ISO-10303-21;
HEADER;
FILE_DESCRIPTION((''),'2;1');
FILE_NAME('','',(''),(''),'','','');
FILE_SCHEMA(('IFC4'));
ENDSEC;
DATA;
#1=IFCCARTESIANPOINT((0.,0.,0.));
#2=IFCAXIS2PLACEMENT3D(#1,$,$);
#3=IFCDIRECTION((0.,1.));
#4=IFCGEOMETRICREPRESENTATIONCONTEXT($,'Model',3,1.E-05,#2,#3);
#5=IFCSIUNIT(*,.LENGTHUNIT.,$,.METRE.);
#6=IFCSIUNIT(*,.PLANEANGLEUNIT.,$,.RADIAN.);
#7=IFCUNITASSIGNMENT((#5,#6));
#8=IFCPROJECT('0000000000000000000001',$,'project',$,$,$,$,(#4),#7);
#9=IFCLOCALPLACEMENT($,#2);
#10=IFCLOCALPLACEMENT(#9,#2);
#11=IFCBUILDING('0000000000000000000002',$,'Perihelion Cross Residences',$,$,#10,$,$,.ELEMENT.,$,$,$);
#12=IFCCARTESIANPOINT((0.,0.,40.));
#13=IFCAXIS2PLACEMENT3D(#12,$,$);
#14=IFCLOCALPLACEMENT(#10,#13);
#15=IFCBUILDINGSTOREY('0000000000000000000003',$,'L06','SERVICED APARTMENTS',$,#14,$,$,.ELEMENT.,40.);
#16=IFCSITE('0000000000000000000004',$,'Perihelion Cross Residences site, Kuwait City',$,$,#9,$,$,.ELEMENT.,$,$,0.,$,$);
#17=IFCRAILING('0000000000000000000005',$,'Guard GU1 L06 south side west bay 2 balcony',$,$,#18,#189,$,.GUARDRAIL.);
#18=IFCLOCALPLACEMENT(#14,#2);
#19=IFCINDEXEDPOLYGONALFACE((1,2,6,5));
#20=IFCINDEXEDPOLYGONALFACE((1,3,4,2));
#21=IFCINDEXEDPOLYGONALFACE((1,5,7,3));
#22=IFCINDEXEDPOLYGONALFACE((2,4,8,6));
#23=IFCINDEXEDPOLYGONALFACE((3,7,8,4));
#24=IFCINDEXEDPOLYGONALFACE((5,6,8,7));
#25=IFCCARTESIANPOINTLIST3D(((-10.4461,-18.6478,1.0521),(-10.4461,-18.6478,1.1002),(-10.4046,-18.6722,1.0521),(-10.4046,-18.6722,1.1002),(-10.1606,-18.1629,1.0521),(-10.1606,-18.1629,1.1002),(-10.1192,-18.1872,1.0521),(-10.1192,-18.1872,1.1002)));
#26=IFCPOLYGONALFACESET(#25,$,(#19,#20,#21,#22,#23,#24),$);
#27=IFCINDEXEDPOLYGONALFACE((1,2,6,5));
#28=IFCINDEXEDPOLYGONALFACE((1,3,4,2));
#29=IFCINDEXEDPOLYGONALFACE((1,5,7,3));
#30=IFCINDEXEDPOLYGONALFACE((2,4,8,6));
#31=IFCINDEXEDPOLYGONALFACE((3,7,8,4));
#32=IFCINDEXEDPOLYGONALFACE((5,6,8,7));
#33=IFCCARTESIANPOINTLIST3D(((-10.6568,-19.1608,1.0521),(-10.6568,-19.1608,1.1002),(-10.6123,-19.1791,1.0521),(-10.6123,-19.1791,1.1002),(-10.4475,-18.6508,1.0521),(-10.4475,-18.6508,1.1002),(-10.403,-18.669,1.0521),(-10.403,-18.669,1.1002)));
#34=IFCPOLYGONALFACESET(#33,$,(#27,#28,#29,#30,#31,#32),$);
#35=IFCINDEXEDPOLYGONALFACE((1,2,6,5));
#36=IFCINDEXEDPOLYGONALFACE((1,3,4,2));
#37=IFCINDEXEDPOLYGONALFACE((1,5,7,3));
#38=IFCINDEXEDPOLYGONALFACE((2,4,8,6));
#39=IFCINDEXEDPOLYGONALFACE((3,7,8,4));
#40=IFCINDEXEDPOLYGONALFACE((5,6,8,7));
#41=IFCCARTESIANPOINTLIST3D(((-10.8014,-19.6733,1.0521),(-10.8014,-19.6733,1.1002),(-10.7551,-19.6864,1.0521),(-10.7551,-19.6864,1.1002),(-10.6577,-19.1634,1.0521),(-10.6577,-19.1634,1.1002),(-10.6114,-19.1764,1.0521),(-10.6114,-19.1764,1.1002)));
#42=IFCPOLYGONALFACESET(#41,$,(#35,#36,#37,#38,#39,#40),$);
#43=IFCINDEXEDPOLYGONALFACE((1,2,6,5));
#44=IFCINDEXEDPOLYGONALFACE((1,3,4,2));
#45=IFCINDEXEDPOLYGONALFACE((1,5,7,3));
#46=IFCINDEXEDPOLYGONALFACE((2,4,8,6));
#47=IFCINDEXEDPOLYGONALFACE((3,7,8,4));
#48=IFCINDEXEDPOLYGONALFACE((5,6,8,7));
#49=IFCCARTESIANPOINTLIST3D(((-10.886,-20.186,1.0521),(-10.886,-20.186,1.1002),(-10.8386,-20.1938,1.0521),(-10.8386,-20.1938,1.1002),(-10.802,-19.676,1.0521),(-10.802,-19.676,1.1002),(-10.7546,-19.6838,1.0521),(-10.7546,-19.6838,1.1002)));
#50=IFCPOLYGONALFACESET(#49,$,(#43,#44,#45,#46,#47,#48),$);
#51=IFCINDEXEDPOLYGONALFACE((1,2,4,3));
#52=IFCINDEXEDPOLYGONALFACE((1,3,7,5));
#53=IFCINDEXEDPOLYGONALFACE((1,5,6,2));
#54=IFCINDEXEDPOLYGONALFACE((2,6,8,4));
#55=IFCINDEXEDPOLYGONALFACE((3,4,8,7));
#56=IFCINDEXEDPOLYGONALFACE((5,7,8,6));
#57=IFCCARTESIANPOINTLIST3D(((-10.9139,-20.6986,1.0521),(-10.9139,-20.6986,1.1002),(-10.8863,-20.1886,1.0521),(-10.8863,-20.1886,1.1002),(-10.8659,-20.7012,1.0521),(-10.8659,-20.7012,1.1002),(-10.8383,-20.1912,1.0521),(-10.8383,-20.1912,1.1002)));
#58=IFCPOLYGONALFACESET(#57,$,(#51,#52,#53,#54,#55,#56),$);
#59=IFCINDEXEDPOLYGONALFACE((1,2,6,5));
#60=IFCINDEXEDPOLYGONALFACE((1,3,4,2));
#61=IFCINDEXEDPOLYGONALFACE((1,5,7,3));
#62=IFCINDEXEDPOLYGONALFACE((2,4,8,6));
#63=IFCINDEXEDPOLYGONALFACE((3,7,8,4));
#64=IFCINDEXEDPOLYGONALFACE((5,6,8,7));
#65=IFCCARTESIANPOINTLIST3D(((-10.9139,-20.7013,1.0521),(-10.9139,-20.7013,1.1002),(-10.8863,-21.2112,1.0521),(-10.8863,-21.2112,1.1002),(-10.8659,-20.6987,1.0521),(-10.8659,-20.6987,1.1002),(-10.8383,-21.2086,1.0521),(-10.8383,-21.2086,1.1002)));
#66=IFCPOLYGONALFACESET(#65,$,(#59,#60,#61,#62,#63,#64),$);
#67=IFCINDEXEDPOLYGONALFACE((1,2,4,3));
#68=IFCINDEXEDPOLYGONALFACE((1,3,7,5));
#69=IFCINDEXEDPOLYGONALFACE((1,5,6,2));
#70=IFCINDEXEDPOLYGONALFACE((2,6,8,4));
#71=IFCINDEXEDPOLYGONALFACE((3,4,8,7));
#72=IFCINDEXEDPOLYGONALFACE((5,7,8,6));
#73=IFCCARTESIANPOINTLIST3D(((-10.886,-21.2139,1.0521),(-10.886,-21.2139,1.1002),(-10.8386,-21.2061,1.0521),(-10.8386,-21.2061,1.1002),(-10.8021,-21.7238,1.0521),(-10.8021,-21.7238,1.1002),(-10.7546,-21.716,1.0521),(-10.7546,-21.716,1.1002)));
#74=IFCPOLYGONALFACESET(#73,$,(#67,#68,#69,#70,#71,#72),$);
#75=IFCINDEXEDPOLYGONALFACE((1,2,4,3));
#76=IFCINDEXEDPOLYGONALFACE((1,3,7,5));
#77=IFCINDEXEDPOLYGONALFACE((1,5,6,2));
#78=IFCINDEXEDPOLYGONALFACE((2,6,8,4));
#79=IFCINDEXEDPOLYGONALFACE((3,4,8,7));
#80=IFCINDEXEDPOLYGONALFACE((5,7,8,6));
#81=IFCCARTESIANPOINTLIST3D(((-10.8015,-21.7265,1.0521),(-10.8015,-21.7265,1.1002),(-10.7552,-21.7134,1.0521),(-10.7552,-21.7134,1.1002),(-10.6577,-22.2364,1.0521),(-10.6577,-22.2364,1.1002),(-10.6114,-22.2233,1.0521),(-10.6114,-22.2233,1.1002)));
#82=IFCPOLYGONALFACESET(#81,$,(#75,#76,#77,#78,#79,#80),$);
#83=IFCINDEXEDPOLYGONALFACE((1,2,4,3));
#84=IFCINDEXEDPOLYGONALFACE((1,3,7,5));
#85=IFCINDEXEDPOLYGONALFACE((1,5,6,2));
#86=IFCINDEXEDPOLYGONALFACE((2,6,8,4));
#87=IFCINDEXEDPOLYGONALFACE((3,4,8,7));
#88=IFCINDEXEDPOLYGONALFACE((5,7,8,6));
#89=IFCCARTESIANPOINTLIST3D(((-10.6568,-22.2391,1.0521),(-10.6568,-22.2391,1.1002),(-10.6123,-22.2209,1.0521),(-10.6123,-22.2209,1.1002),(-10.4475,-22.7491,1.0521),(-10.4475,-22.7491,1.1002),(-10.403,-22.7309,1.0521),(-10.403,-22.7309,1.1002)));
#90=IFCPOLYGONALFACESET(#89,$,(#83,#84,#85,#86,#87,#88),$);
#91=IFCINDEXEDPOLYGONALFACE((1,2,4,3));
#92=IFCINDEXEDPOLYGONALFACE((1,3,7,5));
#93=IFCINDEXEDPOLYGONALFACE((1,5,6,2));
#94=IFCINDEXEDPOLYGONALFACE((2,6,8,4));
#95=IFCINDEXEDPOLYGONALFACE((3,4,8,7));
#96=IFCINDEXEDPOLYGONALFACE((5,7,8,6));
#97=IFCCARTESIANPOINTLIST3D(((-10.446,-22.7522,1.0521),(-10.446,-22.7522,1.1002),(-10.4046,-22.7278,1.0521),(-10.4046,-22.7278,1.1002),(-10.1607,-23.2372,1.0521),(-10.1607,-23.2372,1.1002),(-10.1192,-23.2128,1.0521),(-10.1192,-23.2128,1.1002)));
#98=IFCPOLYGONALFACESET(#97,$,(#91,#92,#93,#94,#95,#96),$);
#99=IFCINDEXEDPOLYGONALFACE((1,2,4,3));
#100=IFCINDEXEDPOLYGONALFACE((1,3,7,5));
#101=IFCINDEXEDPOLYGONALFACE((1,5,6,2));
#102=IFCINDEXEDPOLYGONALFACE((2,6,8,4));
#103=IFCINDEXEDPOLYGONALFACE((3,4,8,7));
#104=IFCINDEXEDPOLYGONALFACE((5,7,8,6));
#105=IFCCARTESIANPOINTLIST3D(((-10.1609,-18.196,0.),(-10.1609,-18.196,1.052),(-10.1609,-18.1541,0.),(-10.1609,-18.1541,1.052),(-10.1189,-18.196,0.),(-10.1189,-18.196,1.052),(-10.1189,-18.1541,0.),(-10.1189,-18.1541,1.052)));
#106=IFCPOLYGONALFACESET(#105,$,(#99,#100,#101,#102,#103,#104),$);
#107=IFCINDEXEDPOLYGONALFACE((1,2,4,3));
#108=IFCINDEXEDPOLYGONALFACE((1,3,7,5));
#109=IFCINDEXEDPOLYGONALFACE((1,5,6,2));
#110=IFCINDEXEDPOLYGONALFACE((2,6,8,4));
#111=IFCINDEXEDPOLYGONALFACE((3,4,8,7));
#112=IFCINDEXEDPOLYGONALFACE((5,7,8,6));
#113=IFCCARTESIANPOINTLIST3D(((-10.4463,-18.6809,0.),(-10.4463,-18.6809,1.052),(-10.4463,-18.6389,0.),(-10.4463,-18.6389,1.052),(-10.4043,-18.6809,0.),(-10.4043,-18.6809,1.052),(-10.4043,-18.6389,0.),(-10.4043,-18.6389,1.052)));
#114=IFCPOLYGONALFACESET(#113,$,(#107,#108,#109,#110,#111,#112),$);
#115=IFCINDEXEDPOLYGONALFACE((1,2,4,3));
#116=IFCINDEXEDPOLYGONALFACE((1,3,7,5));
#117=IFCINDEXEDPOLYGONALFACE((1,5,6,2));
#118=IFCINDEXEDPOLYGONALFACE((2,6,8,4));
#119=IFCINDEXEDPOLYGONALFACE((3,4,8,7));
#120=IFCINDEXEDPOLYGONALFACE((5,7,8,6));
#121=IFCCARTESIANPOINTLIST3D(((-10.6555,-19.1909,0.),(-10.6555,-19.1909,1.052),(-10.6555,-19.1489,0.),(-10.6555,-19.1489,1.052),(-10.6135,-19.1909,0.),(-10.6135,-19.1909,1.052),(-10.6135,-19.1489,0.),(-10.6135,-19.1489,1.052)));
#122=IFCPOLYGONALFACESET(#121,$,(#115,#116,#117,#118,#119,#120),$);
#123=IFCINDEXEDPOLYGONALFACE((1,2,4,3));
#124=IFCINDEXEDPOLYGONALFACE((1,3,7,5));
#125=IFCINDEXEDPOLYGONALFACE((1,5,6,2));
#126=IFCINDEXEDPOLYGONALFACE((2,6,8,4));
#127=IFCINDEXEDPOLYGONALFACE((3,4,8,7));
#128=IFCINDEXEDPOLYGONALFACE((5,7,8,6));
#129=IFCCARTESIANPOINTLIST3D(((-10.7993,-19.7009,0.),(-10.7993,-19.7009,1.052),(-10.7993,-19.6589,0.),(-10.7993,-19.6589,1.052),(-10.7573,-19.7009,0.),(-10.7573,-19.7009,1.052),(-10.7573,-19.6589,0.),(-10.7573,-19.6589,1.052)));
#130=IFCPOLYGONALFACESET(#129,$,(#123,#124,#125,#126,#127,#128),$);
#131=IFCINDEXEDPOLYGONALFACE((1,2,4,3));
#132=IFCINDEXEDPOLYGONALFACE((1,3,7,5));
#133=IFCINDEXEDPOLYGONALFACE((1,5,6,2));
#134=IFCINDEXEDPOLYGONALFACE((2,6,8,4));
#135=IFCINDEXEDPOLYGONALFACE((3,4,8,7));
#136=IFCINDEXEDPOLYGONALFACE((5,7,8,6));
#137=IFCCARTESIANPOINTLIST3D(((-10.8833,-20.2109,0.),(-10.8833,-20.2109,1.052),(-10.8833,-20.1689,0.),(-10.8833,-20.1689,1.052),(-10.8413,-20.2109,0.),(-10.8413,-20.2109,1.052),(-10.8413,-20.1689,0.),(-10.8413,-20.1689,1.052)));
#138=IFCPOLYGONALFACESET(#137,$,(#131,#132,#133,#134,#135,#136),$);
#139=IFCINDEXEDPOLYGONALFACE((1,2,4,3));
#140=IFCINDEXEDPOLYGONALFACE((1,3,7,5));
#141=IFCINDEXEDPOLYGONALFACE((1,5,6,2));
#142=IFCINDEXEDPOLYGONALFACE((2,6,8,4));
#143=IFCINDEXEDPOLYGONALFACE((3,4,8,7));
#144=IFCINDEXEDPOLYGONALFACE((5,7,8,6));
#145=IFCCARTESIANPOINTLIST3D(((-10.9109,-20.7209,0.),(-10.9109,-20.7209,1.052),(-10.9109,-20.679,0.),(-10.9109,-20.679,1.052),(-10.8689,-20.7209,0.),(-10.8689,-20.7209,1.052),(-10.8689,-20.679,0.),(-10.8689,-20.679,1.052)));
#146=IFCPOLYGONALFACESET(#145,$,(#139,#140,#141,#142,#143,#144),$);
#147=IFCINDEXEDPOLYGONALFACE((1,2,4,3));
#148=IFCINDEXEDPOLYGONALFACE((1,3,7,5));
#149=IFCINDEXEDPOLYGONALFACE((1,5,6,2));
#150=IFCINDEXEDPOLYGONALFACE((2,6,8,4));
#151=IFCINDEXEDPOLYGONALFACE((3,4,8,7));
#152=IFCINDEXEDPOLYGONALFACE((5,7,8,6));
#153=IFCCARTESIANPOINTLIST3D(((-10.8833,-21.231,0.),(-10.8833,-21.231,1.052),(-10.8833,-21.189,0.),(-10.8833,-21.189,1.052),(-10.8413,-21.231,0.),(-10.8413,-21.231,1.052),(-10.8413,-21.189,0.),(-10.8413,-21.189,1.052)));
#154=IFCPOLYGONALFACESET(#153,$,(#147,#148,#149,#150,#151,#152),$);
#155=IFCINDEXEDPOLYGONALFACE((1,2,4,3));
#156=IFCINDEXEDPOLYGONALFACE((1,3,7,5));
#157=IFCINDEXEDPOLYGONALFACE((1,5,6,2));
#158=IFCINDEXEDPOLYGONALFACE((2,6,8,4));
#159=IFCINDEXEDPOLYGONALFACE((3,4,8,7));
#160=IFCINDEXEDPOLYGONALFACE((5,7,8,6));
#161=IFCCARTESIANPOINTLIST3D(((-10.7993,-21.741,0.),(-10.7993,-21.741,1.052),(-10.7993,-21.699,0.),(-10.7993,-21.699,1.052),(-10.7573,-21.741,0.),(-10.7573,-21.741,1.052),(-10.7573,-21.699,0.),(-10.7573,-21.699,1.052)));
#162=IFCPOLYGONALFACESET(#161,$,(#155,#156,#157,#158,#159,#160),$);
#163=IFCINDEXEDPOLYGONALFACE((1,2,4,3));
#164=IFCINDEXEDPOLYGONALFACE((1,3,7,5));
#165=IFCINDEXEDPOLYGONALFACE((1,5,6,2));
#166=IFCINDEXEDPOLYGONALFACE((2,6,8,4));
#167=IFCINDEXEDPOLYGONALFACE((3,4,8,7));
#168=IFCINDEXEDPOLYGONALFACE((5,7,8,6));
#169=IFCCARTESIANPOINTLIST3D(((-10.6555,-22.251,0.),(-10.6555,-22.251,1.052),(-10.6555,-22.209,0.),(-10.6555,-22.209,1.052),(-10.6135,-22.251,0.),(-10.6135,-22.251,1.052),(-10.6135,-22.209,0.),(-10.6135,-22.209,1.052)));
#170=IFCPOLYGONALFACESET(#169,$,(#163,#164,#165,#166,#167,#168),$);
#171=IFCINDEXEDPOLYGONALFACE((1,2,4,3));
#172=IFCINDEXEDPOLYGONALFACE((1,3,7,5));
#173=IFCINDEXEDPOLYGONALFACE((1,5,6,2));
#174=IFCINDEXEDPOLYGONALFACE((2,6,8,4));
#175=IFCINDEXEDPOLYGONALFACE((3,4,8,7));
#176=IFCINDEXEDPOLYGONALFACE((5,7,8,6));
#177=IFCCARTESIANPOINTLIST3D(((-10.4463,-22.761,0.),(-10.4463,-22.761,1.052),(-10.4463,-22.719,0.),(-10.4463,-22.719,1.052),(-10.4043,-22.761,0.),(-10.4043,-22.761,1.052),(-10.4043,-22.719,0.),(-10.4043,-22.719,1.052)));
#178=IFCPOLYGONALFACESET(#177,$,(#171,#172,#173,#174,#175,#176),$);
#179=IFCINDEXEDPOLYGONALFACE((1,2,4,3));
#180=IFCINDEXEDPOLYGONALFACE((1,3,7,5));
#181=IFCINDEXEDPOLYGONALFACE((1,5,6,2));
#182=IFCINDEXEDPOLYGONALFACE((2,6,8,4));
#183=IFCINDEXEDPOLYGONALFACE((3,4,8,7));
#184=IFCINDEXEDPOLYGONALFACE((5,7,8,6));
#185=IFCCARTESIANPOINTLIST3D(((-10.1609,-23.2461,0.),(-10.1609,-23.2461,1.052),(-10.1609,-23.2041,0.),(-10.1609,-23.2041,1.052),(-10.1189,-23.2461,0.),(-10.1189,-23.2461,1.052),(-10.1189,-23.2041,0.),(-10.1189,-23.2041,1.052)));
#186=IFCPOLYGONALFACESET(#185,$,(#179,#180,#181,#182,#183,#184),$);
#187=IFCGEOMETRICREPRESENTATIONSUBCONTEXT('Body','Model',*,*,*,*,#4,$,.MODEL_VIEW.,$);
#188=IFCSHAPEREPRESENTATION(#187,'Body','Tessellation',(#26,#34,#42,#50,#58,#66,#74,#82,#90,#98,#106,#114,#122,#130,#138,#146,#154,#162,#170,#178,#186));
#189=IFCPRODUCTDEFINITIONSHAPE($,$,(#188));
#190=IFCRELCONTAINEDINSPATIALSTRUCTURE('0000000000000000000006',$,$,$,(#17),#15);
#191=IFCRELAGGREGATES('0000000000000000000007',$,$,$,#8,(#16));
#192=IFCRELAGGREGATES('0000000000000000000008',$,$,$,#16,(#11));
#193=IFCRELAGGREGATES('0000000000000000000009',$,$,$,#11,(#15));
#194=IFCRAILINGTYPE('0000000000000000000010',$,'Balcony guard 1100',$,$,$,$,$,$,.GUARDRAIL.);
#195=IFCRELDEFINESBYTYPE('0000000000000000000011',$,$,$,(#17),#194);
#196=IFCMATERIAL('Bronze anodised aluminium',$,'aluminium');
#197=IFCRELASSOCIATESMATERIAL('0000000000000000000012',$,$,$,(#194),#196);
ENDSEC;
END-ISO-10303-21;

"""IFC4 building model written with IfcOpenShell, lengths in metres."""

from ifc_helpers import new_model, si_unit, direction, frame, origin, origin_2d, place, context, subcontext, project, spatial, rectangle, extrude, material, type_object, element, save


model = new_model("IFC4")

# Units and contexts
model_context = context("Model", 3, precision=1e-05, world=origin(), true_north=direction((0.0, 1.0)))
body_context = subcontext(model_context, "Body", "Model", "MODEL_VIEW")
ifc_project = project(units=[si_unit("LENGTHUNIT", "METRE"), si_unit("PLANEANGLEUNIT", "RADIAN")], contexts=[model_context])

# Site, building, storey
site_placement = place(None, origin())
site = spatial("IfcSite", under=ifc_project, at=site_placement, Name="Perihelion Cross Residences site, Kuwait City", CompositionType="ELEMENT", RefElevation=0.0)
building_placement = place(site_placement, origin())
building = spatial("IfcBuilding", under=site, at=building_placement, Name="Perihelion Cross Residences", CompositionType="ELEMENT")
storey_placement = place(building_placement, frame((0.0, 0.0, 40.0)))
storey = spatial("IfcBuildingStorey", under=building, at=storey_placement, Name="L06", Description="SERVICED APARTMENTS", CompositionType="ELEMENT", Elevation=40.0)

# Railing
ifc_material_1 = material(Name="Bronze anodised aluminium", Category="aluminium")
railing_type = type_object("IfcRailingType", Name="Balcony guard 1100", PredefinedType="GUARDRAIL", material=ifc_material_1)
railing_1_placement = place(storey_placement, frame((-10.1399, -18.175, 0.0)))
element("IfcRailing", 1, at=railing_1_placement, inside=storey, type_object=railing_type, Name="Guard GU1 L06 south side west bay 2 balcony", PredefinedType="GUARDRAIL", context=body_context, shape_type="SweptSolid", body=[
    extrude(rectangle(XDim=0.0481, YDim=0.0481, at=origin_2d()), frame((0.0, 0.0, 1.0762), z_axis=(-0.507267, -0.861789, 0.0), x_axis=(0.861789, -0.507267, 0.0)), (0.0, 0.0, 1.0), 0.5627),
    extrude(rectangle(XDim=0.0481, YDim=0.0481, at=origin_2d()), frame((-0.2854, -0.4849, 1.0762), z_axis=(-0.379547, -0.925173, 0.0), x_axis=(0.925173, -0.379547, 0.0)), (0.0, 0.0, 1.0), 0.5513),
    extrude(rectangle(XDim=0.0481, YDim=0.0481, at=origin_2d()), frame((-0.4946, -0.9949, 1.0762), z_axis=(-0.271373, -0.962474, 0.0), x_axis=(0.962474, -0.271373, 0.0)), (0.0, 0.0, 1.0), 0.5298),
    extrude(rectangle(XDim=0.0481, YDim=0.0481, at=origin_2d()), frame((-0.6384, -1.5049, 1.0762), z_axis=(-0.162484, -0.986711, 0.0), x_axis=(0.986711, -0.162484, 0.0)), (0.0, 0.0, 1.0), 0.5168),
    extrude(rectangle(XDim=0.0481, YDim=0.0481, at=origin_2d()), frame((-0.7224, -2.0149, 1.0762), z_axis=(-0.054014, -0.99854, 0.0), x_axis=(0.99854, -0.054014, 0.0)), (0.0, 0.0, 1.0), 0.5107),
    extrude(rectangle(XDim=0.0481, YDim=0.0481, at=origin_2d()), frame((-0.75, -2.5249, 1.0762), z_axis=(0.054014, -0.99854, 0.0), x_axis=(0.99854, 0.054014, 0.0)), (0.0, 0.0, 1.0), 0.5107),
    extrude(rectangle(XDim=0.0481, YDim=0.0481, at=origin_2d()), frame((-0.7224, -3.0349, 1.0762), z_axis=(0.162484, -0.986711, 0.0), x_axis=(0.986711, 0.162484, 0.0)), (0.0, 0.0, 1.0), 0.5168),
    extrude(rectangle(XDim=0.0481, YDim=0.0481, at=origin_2d()), frame((-0.6384, -3.5449, 1.0762), z_axis=(0.271373, -0.962474, 0.0), x_axis=(0.962474, 0.271373, 0.0)), (0.0, 0.0, 1.0), 0.5298),
    extrude(rectangle(XDim=0.0481, YDim=0.0481, at=origin_2d()), frame((-0.4946, -4.0549, 1.0762), z_axis=(0.379547, -0.925173, 0.0), x_axis=(0.925173, 0.379547, 0.0)), (0.0, 0.0, 1.0), 0.5513),
    extrude(rectangle(XDim=0.0481, YDim=0.0481, at=origin_2d()), frame((-0.2854, -4.5649, 1.0762), z_axis=(0.507077, -0.861901, 0.0), x_axis=(0.861901, 0.507077, 0.0)), (0.0, 0.0, 1.0), 0.5627),
    extrude(rectangle(XDim=0.042, YDim=0.042, at=origin_2d()), origin(), (0.0, 0.0, 1.0), 1.052),
    extrude(rectangle(XDim=0.042, YDim=0.042, at=origin_2d()), frame((-0.2854, -0.4849, 0.0)), (0.0, 0.0, 1.0), 1.052),
    extrude(rectangle(XDim=0.042, YDim=0.042, at=origin_2d()), frame((-0.4946, -0.9949, 0.0)), (0.0, 0.0, 1.0), 1.052),
    extrude(rectangle(XDim=0.042, YDim=0.042, at=origin_2d()), frame((-0.6384, -1.5049, 0.0)), (0.0, 0.0, 1.0), 1.052),
    extrude(rectangle(XDim=0.042, YDim=0.042, at=origin_2d()), frame((-0.7224, -2.0149, 0.0)), (0.0, 0.0, 1.0), 1.052),
    extrude(rectangle(XDim=0.042, YDim=0.042, at=origin_2d()), frame((-0.75, -2.5249, 0.0)), (0.0, 0.0, 1.0), 1.052),
    extrude(rectangle(XDim=0.042, YDim=0.042, at=origin_2d()), frame((-0.7224, -3.0349, 0.0)), (0.0, 0.0, 1.0), 1.052),
    extrude(rectangle(XDim=0.042, YDim=0.042, at=origin_2d()), frame((-0.6384, -3.5449, 0.0)), (0.0, 0.0, 1.0), 1.052),
    extrude(rectangle(XDim=0.042, YDim=0.042, at=origin_2d()), frame((-0.4946, -4.0549, 0.0)), (0.0, 0.0, 1.0), 1.052),
    extrude(rectangle(XDim=0.042, YDim=0.042, at=origin_2d()), frame((-0.2854, -4.5649, 0.0)), (0.0, 0.0, 1.0), 1.052),
    extrude(rectangle(XDim=0.042, YDim=0.042, at=origin_2d()), frame((0.0, -5.05, 0.0)), (0.0, 0.0, 1.0), 1.052),
])

save(model, "model.ifc")
